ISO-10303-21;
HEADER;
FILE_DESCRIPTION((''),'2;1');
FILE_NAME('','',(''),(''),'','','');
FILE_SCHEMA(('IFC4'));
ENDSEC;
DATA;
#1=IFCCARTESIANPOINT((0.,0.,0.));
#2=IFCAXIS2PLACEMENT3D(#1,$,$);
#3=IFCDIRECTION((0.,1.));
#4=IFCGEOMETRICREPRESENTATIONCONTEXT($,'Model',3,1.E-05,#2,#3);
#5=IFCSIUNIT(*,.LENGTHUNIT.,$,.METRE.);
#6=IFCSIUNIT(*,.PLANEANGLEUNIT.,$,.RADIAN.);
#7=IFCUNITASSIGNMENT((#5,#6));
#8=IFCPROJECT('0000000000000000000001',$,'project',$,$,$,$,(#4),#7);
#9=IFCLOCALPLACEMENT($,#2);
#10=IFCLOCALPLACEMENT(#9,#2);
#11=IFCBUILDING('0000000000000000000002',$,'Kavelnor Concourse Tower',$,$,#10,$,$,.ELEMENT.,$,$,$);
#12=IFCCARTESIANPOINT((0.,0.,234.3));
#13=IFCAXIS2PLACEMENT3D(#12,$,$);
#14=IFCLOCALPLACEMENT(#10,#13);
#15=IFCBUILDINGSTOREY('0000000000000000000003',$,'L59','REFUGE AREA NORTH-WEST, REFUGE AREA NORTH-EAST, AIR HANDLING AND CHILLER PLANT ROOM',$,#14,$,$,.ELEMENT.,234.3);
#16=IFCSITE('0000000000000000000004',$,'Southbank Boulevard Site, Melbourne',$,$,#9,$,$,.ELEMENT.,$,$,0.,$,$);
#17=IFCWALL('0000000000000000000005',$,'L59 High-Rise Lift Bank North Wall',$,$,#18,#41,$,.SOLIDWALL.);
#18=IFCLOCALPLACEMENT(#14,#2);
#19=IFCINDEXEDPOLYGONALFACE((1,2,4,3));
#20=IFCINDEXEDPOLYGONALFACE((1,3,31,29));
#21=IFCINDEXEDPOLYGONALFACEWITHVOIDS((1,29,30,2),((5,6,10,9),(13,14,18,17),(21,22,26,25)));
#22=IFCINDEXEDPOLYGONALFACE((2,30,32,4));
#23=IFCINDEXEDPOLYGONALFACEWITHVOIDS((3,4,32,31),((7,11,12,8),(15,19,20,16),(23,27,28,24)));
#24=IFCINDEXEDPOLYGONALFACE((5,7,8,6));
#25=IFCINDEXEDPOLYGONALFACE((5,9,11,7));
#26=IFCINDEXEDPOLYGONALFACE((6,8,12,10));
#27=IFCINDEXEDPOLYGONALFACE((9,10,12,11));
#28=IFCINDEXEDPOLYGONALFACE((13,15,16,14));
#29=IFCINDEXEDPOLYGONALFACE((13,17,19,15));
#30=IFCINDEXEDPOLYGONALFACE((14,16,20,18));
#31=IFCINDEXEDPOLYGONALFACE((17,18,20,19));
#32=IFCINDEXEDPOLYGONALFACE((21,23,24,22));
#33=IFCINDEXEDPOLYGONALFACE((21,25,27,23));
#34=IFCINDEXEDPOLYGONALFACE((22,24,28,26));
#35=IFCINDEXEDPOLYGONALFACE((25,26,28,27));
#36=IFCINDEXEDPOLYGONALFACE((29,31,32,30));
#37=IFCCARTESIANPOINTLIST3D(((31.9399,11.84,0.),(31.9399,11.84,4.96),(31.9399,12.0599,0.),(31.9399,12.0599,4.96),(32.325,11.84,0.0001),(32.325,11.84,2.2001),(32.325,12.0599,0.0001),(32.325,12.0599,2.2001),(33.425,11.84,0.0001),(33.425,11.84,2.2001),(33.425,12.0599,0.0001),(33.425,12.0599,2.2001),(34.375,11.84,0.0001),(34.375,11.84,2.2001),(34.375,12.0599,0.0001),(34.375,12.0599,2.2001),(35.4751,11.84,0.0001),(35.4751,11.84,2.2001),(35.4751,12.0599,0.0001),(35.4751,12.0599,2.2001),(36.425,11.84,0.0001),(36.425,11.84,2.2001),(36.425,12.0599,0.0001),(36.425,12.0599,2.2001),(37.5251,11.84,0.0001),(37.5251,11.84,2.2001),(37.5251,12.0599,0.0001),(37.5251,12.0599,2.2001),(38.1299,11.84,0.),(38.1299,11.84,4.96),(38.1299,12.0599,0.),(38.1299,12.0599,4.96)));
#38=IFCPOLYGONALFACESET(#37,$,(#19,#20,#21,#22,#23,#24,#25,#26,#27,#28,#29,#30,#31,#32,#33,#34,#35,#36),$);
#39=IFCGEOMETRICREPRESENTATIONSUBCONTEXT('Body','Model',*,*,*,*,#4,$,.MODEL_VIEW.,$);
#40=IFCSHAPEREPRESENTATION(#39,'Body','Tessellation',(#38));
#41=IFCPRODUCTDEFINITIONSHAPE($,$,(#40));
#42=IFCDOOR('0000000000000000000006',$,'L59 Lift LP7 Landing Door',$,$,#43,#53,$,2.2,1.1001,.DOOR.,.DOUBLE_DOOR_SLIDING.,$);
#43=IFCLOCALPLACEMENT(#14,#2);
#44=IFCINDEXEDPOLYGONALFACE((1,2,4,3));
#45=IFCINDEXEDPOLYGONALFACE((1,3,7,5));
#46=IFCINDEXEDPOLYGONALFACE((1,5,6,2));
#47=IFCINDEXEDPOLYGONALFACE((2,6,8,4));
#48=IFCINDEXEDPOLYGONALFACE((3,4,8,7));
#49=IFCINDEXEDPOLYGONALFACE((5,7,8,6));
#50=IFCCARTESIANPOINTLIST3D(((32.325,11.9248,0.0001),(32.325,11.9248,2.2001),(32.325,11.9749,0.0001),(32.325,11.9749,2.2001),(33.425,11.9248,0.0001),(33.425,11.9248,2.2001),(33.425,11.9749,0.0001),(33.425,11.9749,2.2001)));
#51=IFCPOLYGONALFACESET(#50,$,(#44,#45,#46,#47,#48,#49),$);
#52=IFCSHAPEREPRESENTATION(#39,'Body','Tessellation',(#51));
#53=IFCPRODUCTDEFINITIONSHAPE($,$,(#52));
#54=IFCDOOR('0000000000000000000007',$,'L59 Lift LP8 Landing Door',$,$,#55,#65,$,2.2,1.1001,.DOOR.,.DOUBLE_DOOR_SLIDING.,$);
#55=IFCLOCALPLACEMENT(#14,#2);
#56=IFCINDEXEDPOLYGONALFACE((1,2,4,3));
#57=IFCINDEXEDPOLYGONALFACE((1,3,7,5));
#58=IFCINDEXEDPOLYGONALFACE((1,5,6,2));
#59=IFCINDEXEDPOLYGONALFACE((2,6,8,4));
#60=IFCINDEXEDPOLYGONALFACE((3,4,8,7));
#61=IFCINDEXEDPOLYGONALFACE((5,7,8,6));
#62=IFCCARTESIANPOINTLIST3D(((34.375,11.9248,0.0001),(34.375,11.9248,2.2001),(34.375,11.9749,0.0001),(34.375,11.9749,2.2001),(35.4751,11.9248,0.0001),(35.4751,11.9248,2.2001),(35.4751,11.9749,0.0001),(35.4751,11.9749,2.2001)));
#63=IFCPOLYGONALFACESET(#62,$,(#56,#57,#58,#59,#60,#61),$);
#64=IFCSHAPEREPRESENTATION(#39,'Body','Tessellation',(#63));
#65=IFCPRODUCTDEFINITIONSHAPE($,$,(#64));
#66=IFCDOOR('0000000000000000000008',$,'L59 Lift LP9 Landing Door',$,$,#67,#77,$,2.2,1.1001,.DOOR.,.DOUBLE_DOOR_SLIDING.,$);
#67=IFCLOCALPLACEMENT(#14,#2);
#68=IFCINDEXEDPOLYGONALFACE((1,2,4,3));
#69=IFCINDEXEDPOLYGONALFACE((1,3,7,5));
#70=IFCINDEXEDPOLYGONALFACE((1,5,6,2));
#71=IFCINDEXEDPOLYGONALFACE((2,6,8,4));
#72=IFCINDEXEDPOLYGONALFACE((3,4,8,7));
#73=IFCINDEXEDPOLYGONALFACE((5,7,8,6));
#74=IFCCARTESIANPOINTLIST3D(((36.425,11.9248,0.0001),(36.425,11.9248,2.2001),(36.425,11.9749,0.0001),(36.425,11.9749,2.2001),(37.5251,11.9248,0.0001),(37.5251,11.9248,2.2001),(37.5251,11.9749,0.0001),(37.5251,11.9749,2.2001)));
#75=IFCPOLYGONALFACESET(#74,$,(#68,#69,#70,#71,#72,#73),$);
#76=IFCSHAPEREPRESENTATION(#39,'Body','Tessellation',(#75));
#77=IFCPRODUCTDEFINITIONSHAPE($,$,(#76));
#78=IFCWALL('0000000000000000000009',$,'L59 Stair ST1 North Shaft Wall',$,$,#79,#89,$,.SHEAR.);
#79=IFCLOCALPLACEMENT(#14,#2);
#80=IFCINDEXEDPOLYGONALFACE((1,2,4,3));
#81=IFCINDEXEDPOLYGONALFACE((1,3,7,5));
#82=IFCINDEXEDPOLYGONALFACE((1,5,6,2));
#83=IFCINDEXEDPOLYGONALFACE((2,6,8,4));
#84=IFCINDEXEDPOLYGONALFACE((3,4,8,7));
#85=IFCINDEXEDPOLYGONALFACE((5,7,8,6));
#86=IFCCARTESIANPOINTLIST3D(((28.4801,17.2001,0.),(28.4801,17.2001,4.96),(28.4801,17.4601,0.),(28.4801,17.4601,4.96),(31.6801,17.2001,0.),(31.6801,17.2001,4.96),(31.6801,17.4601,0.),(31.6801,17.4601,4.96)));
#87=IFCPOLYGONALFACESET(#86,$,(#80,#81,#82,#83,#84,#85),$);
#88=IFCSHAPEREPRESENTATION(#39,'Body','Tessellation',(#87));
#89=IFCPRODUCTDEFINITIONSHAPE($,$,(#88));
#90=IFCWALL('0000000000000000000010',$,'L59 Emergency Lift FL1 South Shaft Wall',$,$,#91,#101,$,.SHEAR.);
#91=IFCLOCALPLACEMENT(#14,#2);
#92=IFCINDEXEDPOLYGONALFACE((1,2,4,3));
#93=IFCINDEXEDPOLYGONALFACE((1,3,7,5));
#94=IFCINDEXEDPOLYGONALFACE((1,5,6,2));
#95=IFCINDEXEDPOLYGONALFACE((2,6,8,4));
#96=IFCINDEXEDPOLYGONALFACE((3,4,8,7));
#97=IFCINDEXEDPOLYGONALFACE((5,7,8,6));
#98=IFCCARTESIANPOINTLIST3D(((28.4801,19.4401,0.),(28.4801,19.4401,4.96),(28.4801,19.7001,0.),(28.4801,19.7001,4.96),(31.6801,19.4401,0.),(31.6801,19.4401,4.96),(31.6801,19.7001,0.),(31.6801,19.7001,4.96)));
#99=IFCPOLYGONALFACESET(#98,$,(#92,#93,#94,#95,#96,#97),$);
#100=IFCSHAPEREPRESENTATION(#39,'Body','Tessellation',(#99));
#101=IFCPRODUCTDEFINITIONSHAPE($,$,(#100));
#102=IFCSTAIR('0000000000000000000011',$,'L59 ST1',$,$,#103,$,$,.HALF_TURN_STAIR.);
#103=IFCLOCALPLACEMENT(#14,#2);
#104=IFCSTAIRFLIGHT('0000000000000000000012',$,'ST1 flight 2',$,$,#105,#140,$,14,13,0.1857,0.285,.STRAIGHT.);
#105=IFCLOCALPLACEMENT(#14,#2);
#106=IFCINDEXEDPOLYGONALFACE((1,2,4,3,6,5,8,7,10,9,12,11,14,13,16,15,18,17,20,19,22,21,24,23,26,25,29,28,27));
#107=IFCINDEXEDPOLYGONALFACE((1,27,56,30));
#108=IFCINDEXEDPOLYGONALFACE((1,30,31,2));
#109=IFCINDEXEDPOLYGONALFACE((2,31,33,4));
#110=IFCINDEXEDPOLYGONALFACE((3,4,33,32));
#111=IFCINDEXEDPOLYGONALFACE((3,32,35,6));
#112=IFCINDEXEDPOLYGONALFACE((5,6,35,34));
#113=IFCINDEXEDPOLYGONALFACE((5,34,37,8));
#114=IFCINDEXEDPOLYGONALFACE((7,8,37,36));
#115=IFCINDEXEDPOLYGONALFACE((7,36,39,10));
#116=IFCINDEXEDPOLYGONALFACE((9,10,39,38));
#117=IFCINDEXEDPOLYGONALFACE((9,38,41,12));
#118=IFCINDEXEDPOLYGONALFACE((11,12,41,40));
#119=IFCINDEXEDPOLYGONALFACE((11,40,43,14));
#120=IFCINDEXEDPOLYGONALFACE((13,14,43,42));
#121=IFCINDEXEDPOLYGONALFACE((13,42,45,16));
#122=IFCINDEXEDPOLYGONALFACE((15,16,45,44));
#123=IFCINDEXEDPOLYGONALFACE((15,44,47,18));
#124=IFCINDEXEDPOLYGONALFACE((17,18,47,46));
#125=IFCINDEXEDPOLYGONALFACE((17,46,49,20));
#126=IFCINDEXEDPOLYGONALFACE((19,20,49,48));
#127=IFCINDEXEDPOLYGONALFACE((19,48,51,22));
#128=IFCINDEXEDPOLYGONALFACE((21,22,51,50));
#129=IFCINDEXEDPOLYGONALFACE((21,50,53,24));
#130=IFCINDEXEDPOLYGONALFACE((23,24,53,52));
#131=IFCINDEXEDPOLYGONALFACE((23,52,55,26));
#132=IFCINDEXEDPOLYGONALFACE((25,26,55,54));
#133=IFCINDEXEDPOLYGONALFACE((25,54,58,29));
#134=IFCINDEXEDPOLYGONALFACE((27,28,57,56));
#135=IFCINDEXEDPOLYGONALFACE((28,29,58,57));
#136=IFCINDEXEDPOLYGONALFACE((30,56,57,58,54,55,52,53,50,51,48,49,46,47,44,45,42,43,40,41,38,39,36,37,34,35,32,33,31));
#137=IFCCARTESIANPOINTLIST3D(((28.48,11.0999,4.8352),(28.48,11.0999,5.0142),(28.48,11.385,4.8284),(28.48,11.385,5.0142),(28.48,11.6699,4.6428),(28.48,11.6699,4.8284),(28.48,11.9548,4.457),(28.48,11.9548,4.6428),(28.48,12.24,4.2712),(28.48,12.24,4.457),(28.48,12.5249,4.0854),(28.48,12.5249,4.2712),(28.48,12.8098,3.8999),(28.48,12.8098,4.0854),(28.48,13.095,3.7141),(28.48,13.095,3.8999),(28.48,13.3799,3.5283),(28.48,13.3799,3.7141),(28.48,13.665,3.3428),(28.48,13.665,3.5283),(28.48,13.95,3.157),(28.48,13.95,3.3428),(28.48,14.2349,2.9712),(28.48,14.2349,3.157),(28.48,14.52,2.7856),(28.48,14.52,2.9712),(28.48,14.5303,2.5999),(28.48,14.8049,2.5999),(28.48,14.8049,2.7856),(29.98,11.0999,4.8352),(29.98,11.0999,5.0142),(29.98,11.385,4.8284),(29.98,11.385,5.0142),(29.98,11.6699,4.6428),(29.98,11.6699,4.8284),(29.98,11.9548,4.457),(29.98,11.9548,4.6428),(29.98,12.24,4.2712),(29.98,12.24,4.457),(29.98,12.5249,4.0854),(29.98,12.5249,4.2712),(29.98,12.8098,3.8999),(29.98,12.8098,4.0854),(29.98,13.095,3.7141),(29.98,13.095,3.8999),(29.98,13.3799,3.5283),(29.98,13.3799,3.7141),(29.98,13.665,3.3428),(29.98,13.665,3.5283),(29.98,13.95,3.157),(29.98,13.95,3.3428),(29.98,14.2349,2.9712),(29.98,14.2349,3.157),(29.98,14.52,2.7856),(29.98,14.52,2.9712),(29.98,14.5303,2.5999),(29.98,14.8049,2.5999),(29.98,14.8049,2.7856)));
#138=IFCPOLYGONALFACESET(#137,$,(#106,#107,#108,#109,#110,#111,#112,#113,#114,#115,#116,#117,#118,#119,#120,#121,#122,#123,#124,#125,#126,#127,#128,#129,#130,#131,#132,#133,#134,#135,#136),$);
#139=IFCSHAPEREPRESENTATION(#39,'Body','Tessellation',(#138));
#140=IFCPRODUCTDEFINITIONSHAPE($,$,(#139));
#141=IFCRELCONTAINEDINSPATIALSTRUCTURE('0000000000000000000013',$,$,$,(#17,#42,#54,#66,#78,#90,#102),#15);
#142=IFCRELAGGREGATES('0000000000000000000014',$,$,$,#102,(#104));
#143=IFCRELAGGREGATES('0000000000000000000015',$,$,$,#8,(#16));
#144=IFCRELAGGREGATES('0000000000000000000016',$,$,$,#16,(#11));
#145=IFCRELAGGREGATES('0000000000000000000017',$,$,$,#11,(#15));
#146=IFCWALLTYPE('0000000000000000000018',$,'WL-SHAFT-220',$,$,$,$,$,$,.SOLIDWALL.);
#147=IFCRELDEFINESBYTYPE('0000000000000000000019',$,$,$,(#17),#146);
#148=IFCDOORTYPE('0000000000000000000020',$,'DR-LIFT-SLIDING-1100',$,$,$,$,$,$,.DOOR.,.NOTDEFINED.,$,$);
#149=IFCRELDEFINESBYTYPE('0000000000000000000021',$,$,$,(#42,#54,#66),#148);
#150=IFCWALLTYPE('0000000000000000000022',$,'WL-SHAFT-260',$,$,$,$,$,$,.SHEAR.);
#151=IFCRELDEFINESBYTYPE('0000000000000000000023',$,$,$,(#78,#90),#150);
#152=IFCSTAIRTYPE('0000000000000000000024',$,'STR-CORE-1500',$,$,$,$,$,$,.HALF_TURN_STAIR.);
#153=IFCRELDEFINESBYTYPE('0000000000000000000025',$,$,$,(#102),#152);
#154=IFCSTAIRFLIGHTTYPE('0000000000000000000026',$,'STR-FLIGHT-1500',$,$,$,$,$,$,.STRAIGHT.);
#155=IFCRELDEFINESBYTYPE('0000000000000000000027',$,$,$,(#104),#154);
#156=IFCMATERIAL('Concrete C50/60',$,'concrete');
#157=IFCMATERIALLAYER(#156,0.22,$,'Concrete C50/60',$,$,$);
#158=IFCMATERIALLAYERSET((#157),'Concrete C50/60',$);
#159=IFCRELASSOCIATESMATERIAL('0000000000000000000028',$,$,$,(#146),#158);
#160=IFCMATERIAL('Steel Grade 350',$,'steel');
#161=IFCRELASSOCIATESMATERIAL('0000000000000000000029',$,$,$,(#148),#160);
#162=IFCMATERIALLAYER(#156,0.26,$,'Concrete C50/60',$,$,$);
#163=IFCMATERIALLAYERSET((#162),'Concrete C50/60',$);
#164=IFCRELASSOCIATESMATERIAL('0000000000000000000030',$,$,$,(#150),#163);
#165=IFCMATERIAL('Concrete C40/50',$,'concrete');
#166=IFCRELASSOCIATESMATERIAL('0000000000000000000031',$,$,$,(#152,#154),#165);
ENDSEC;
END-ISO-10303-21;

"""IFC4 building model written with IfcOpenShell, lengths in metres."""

from ifc_helpers import new_model, si_unit, direction, frame, frame_2d, origin, place, context, subcontext, project, spatial, polyline, rectangle, outline, extrude, material, layer, layer_set, type_object, element, fill, aggregate, save


model = new_model("IFC4")

# Units and contexts
model_context = context("Model", 3, precision=1e-05, world=origin(), true_north=direction((0.0, 1.0)))
body_context = subcontext(model_context, "Body", "Model", "MODEL_VIEW")
ifc_project = project(units=[si_unit("LENGTHUNIT", "METRE"), si_unit("PLANEANGLEUNIT", "RADIAN")], contexts=[model_context])

# Site, building, storey
site_placement = place(None, origin())
site = spatial("IfcSite", under=ifc_project, at=site_placement, Name="Southbank Boulevard Site, Melbourne", CompositionType="ELEMENT", RefElevation=0.0)
building_placement = place(site_placement, origin())
building = spatial("IfcBuilding", under=site, at=building_placement, Name="Kavelnor Concourse Tower", CompositionType="ELEMENT")
storey_placement = place(building_placement, frame((0.0, 0.0, 234.3)))
storey = spatial("IfcBuildingStorey", under=building, at=storey_placement, Name="L59", Description="REFUGE AREA NORTH-WEST, REFUGE AREA NORTH-EAST, AIR HANDLING AND CHILLER PLANT ROOM", CompositionType="ELEMENT", Elevation=234.3)

# Shared definitions
ifc_material_1 = material(Name="Steel Grade 350", Category="steel")

# Shared definitions
ifc_material_2 = material(Name="Concrete C50/60", Category="concrete")
ifc_layer_1 = layer(ifc_material_2, 0.22, Name="Concrete C50/60")
ifc_layer_set_1 = layer_set([ifc_layer_1], Name="Concrete C50/60")
wall_type_1 = type_object("IfcWallType", Name="WL-SHAFT-220", PredefinedType="SOLIDWALL", material=ifc_layer_set_1)

# Wall, openings, doors
wall_1_placement = place(storey_placement, frame((31.9399, 11.95, 0.0), z_axis=(0.0, 0.0, 1.0), x_axis=(1.0, 0.0, 0.0)))
wall_1 = element("IfcWall", 1, at=wall_1_placement, inside=storey, type_object=wall_type_1, Name="L59 High-Rise Lift Bank North Wall", PredefinedType="SOLIDWALL", context=body_context, shape_type="SweptSolid", body=[
    extrude(rectangle(XDim=6.1899, YDim=0.22, at=frame_2d((3.095, 0.0))), origin(), (0.0, 0.0, 1.0), 4.96),
])
opening_1_placement = place(wall_1_placement, frame((0.385, 0.0, 0.0)))
opening_1 = element("IfcOpeningElement", 2, at=opening_1_placement, cuts=wall_1, PredefinedType="OPENING", context=body_context, shape_type="SweptSolid", body=[
    extrude(rectangle(XDim=1.1001, YDim=2.2, at=frame_2d((0.55, 1.1001))), frame((0.0, 0.1201, 0.0), z_axis=(0.0, -1.0, 0.0), x_axis=(1.0, 0.0, 0.0)), (0.0, 0.0, 1.0), 0.24),
])
opening_2_placement = place(wall_1_placement, frame((2.4351, 0.0, 0.0)))
opening_2 = element("IfcOpeningElement", 3, at=opening_2_placement, cuts=wall_1, PredefinedType="OPENING", context=body_context, shape_type="SweptSolid", body=[
    extrude(rectangle(XDim=1.1001, YDim=2.2, at=frame_2d((0.55, 1.1001))), frame((0.0, 0.1201, 0.0), z_axis=(0.0, -1.0, 0.0), x_axis=(1.0, 0.0, 0.0)), (0.0, 0.0, 1.0), 0.24),
])
opening_3_placement = place(wall_1_placement, frame((4.4851, 0.0, 0.0)))
opening_3 = element("IfcOpeningElement", 4, at=opening_3_placement, cuts=wall_1, PredefinedType="OPENING", context=body_context, shape_type="SweptSolid", body=[
    extrude(rectangle(XDim=1.1001, YDim=2.2, at=frame_2d((0.55, 1.1001))), frame((0.0, 0.1201, 0.0), z_axis=(0.0, -1.0, 0.0), x_axis=(1.0, 0.0, 0.0)), (0.0, 0.0, 1.0), 0.24),
])
door_type_1 = type_object("IfcDoorType", Name="DR-LIFT-SLIDING-1100", OperationType="NOTDEFINED", PredefinedType="DOOR", material=ifc_material_1)
door_1_placement = place(opening_1_placement, origin())
door_1 = element("IfcDoor", 5, at=door_1_placement, inside=storey, type_object=door_type_1, Name="L59 Lift LP7 Landing Door", OperationType="DOUBLE_DOOR_SLIDING", OverallHeight=2.2, OverallWidth=1.1001, PredefinedType="DOOR", context=body_context, shape_type="SweptSolid", body=[
    extrude(rectangle(XDim=1.1001, YDim=2.2, at=frame_2d((0.55, 1.1001))), frame((0.0, 0.0249, 0.0), z_axis=(0.0, -1.0, 0.0), x_axis=(1.0, 0.0, 0.0)), (0.0, 0.0, 1.0), 0.05),
])
fill(opening_1, door_1)
door_2_placement = place(opening_2_placement, origin())
door_2 = element("IfcDoor", 6, at=door_2_placement, inside=storey, type_object=door_type_1, Name="L59 Lift LP8 Landing Door", OperationType="DOUBLE_DOOR_SLIDING", OverallHeight=2.2, OverallWidth=1.1001, PredefinedType="DOOR", context=body_context, shape_type="SweptSolid", body=[
    extrude(rectangle(XDim=1.1001, YDim=2.2, at=frame_2d((0.55, 1.1001))), frame((0.0, 0.0249, 0.0), z_axis=(0.0, -1.0, 0.0), x_axis=(1.0, 0.0, 0.0)), (0.0, 0.0, 1.0), 0.05),
])
fill(opening_2, door_2)
door_3_placement = place(opening_3_placement, origin())
door_3 = element("IfcDoor", 7, at=door_3_placement, inside=storey, type_object=door_type_1, Name="L59 Lift LP9 Landing Door", OperationType="DOUBLE_DOOR_SLIDING", OverallHeight=2.2, OverallWidth=1.1001, PredefinedType="DOOR", context=body_context, shape_type="SweptSolid", body=[
    extrude(rectangle(XDim=1.1001, YDim=2.2, at=frame_2d((0.55, 1.1001))), frame((0.0, 0.0249, 0.0), z_axis=(0.0, -1.0, 0.0), x_axis=(1.0, 0.0, 0.0)), (0.0, 0.0, 1.0), 0.05),
])
fill(opening_3, door_3)

# Walls
ifc_layer_2 = layer(ifc_material_2, 0.26, Name="Concrete C50/60")
ifc_layer_set_2 = layer_set([ifc_layer_2], Name="Concrete C50/60")
wall_type_2 = type_object("IfcWallType", Name="WL-SHAFT-260", PredefinedType="SHEAR", material=ifc_layer_set_2)
for number, where, z_axis, x_axis, name in (
    (8, (28.48, 17.3301, 0.0), (0.0, 0.0, 1.0), (1.0, 0.0, 0.0), "L59 Stair ST1 North Shaft Wall"),
    (9, (28.48, 19.5701, 0.0), (0.0, 0.0, 1.0), (1.0, 0.0, 0.0), "L59 Emergency Lift FL1 South Shaft Wall"),
):
    element("IfcWall", number, at=place(storey_placement, frame(where, z_axis=z_axis, x_axis=x_axis)), inside=storey, type_object=wall_type_2, Name=name, PredefinedType="SHEAR", context=body_context, shape_type="SweptSolid", body=[
        extrude(rectangle(XDim=3.2, YDim=0.26, at=frame_2d((1.6001, 0.0))), origin(), (0.0, 0.0, 1.0), 4.96),
    ])

# Stair, stair flight
ifc_material_3 = material(Name="Concrete C40/50", Category="concrete")
stair_type = type_object("IfcStairType", Name="STR-CORE-1500", PredefinedType="HALF_TURN_STAIR", material=ifc_material_3)
stair_placement = place(storey_placement, origin())
stair = element("IfcStair", 10, at=stair_placement, inside=storey, type_object=stair_type, Name="L59 ST1", PredefinedType="HALF_TURN_STAIR")
stair_flight_type = type_object("IfcStairFlightType", Name="STR-FLIGHT-1500", PredefinedType="STRAIGHT", material=ifc_material_3)
stair_flight_placement = place(storey_placement, frame((29.23, 14.8049, 2.5999), z_axis=(0.0, 0.0, 1.0), x_axis=(0.0, -1.0, 0.0)))
stair_flight = element("IfcStairFlight", 11, at=stair_flight_placement, type_object=stair_flight_type, Name="ST1 flight 2", NumberOfRisers=14, NumberOfTreads=13, PredefinedType="STRAIGHT", RiserHeight=0.1857, TreadLength=0.285, context=body_context, shape_type="SweptSolid", body=[
    extrude(outline(polyline([(0.0, 0.0), (0.0, 0.1858), (0.2849, 0.1858), (0.2849, 0.3713), (0.5701, 0.3713), (0.5701, 0.5571), (0.855, 0.5571), (0.855, 0.7429), (1.1399, 0.7429), (1.1399, 0.9285), (1.425, 0.9285), (1.425, 1.1143), (1.71, 1.1143), (1.71, 1.3), (1.9951, 1.3), (1.9951, 1.4856), (2.28, 1.4856), (2.28, 1.6714), (2.5649, 1.6714), (2.5649, 1.8572), (2.8501, 1.8572), (2.8501, 2.043), (3.135, 2.043), (3.135, 2.2285), (3.4199, 2.2285), (3.4199, 2.4143), (3.7051, 2.4143), (3.7051, 2.6001), (3.7051, 2.2354), (0.2747, 0.0), (0.0, 0.0)])), frame((0.0, 0.75, 0.0), z_axis=(0.0, -1.0, 0.0), x_axis=(1.0, 0.0, 0.0)), (0.0, 0.0, 1.0), 1.5),
])
aggregate(stair, [stair_flight])

save(model, "model.ifc")
